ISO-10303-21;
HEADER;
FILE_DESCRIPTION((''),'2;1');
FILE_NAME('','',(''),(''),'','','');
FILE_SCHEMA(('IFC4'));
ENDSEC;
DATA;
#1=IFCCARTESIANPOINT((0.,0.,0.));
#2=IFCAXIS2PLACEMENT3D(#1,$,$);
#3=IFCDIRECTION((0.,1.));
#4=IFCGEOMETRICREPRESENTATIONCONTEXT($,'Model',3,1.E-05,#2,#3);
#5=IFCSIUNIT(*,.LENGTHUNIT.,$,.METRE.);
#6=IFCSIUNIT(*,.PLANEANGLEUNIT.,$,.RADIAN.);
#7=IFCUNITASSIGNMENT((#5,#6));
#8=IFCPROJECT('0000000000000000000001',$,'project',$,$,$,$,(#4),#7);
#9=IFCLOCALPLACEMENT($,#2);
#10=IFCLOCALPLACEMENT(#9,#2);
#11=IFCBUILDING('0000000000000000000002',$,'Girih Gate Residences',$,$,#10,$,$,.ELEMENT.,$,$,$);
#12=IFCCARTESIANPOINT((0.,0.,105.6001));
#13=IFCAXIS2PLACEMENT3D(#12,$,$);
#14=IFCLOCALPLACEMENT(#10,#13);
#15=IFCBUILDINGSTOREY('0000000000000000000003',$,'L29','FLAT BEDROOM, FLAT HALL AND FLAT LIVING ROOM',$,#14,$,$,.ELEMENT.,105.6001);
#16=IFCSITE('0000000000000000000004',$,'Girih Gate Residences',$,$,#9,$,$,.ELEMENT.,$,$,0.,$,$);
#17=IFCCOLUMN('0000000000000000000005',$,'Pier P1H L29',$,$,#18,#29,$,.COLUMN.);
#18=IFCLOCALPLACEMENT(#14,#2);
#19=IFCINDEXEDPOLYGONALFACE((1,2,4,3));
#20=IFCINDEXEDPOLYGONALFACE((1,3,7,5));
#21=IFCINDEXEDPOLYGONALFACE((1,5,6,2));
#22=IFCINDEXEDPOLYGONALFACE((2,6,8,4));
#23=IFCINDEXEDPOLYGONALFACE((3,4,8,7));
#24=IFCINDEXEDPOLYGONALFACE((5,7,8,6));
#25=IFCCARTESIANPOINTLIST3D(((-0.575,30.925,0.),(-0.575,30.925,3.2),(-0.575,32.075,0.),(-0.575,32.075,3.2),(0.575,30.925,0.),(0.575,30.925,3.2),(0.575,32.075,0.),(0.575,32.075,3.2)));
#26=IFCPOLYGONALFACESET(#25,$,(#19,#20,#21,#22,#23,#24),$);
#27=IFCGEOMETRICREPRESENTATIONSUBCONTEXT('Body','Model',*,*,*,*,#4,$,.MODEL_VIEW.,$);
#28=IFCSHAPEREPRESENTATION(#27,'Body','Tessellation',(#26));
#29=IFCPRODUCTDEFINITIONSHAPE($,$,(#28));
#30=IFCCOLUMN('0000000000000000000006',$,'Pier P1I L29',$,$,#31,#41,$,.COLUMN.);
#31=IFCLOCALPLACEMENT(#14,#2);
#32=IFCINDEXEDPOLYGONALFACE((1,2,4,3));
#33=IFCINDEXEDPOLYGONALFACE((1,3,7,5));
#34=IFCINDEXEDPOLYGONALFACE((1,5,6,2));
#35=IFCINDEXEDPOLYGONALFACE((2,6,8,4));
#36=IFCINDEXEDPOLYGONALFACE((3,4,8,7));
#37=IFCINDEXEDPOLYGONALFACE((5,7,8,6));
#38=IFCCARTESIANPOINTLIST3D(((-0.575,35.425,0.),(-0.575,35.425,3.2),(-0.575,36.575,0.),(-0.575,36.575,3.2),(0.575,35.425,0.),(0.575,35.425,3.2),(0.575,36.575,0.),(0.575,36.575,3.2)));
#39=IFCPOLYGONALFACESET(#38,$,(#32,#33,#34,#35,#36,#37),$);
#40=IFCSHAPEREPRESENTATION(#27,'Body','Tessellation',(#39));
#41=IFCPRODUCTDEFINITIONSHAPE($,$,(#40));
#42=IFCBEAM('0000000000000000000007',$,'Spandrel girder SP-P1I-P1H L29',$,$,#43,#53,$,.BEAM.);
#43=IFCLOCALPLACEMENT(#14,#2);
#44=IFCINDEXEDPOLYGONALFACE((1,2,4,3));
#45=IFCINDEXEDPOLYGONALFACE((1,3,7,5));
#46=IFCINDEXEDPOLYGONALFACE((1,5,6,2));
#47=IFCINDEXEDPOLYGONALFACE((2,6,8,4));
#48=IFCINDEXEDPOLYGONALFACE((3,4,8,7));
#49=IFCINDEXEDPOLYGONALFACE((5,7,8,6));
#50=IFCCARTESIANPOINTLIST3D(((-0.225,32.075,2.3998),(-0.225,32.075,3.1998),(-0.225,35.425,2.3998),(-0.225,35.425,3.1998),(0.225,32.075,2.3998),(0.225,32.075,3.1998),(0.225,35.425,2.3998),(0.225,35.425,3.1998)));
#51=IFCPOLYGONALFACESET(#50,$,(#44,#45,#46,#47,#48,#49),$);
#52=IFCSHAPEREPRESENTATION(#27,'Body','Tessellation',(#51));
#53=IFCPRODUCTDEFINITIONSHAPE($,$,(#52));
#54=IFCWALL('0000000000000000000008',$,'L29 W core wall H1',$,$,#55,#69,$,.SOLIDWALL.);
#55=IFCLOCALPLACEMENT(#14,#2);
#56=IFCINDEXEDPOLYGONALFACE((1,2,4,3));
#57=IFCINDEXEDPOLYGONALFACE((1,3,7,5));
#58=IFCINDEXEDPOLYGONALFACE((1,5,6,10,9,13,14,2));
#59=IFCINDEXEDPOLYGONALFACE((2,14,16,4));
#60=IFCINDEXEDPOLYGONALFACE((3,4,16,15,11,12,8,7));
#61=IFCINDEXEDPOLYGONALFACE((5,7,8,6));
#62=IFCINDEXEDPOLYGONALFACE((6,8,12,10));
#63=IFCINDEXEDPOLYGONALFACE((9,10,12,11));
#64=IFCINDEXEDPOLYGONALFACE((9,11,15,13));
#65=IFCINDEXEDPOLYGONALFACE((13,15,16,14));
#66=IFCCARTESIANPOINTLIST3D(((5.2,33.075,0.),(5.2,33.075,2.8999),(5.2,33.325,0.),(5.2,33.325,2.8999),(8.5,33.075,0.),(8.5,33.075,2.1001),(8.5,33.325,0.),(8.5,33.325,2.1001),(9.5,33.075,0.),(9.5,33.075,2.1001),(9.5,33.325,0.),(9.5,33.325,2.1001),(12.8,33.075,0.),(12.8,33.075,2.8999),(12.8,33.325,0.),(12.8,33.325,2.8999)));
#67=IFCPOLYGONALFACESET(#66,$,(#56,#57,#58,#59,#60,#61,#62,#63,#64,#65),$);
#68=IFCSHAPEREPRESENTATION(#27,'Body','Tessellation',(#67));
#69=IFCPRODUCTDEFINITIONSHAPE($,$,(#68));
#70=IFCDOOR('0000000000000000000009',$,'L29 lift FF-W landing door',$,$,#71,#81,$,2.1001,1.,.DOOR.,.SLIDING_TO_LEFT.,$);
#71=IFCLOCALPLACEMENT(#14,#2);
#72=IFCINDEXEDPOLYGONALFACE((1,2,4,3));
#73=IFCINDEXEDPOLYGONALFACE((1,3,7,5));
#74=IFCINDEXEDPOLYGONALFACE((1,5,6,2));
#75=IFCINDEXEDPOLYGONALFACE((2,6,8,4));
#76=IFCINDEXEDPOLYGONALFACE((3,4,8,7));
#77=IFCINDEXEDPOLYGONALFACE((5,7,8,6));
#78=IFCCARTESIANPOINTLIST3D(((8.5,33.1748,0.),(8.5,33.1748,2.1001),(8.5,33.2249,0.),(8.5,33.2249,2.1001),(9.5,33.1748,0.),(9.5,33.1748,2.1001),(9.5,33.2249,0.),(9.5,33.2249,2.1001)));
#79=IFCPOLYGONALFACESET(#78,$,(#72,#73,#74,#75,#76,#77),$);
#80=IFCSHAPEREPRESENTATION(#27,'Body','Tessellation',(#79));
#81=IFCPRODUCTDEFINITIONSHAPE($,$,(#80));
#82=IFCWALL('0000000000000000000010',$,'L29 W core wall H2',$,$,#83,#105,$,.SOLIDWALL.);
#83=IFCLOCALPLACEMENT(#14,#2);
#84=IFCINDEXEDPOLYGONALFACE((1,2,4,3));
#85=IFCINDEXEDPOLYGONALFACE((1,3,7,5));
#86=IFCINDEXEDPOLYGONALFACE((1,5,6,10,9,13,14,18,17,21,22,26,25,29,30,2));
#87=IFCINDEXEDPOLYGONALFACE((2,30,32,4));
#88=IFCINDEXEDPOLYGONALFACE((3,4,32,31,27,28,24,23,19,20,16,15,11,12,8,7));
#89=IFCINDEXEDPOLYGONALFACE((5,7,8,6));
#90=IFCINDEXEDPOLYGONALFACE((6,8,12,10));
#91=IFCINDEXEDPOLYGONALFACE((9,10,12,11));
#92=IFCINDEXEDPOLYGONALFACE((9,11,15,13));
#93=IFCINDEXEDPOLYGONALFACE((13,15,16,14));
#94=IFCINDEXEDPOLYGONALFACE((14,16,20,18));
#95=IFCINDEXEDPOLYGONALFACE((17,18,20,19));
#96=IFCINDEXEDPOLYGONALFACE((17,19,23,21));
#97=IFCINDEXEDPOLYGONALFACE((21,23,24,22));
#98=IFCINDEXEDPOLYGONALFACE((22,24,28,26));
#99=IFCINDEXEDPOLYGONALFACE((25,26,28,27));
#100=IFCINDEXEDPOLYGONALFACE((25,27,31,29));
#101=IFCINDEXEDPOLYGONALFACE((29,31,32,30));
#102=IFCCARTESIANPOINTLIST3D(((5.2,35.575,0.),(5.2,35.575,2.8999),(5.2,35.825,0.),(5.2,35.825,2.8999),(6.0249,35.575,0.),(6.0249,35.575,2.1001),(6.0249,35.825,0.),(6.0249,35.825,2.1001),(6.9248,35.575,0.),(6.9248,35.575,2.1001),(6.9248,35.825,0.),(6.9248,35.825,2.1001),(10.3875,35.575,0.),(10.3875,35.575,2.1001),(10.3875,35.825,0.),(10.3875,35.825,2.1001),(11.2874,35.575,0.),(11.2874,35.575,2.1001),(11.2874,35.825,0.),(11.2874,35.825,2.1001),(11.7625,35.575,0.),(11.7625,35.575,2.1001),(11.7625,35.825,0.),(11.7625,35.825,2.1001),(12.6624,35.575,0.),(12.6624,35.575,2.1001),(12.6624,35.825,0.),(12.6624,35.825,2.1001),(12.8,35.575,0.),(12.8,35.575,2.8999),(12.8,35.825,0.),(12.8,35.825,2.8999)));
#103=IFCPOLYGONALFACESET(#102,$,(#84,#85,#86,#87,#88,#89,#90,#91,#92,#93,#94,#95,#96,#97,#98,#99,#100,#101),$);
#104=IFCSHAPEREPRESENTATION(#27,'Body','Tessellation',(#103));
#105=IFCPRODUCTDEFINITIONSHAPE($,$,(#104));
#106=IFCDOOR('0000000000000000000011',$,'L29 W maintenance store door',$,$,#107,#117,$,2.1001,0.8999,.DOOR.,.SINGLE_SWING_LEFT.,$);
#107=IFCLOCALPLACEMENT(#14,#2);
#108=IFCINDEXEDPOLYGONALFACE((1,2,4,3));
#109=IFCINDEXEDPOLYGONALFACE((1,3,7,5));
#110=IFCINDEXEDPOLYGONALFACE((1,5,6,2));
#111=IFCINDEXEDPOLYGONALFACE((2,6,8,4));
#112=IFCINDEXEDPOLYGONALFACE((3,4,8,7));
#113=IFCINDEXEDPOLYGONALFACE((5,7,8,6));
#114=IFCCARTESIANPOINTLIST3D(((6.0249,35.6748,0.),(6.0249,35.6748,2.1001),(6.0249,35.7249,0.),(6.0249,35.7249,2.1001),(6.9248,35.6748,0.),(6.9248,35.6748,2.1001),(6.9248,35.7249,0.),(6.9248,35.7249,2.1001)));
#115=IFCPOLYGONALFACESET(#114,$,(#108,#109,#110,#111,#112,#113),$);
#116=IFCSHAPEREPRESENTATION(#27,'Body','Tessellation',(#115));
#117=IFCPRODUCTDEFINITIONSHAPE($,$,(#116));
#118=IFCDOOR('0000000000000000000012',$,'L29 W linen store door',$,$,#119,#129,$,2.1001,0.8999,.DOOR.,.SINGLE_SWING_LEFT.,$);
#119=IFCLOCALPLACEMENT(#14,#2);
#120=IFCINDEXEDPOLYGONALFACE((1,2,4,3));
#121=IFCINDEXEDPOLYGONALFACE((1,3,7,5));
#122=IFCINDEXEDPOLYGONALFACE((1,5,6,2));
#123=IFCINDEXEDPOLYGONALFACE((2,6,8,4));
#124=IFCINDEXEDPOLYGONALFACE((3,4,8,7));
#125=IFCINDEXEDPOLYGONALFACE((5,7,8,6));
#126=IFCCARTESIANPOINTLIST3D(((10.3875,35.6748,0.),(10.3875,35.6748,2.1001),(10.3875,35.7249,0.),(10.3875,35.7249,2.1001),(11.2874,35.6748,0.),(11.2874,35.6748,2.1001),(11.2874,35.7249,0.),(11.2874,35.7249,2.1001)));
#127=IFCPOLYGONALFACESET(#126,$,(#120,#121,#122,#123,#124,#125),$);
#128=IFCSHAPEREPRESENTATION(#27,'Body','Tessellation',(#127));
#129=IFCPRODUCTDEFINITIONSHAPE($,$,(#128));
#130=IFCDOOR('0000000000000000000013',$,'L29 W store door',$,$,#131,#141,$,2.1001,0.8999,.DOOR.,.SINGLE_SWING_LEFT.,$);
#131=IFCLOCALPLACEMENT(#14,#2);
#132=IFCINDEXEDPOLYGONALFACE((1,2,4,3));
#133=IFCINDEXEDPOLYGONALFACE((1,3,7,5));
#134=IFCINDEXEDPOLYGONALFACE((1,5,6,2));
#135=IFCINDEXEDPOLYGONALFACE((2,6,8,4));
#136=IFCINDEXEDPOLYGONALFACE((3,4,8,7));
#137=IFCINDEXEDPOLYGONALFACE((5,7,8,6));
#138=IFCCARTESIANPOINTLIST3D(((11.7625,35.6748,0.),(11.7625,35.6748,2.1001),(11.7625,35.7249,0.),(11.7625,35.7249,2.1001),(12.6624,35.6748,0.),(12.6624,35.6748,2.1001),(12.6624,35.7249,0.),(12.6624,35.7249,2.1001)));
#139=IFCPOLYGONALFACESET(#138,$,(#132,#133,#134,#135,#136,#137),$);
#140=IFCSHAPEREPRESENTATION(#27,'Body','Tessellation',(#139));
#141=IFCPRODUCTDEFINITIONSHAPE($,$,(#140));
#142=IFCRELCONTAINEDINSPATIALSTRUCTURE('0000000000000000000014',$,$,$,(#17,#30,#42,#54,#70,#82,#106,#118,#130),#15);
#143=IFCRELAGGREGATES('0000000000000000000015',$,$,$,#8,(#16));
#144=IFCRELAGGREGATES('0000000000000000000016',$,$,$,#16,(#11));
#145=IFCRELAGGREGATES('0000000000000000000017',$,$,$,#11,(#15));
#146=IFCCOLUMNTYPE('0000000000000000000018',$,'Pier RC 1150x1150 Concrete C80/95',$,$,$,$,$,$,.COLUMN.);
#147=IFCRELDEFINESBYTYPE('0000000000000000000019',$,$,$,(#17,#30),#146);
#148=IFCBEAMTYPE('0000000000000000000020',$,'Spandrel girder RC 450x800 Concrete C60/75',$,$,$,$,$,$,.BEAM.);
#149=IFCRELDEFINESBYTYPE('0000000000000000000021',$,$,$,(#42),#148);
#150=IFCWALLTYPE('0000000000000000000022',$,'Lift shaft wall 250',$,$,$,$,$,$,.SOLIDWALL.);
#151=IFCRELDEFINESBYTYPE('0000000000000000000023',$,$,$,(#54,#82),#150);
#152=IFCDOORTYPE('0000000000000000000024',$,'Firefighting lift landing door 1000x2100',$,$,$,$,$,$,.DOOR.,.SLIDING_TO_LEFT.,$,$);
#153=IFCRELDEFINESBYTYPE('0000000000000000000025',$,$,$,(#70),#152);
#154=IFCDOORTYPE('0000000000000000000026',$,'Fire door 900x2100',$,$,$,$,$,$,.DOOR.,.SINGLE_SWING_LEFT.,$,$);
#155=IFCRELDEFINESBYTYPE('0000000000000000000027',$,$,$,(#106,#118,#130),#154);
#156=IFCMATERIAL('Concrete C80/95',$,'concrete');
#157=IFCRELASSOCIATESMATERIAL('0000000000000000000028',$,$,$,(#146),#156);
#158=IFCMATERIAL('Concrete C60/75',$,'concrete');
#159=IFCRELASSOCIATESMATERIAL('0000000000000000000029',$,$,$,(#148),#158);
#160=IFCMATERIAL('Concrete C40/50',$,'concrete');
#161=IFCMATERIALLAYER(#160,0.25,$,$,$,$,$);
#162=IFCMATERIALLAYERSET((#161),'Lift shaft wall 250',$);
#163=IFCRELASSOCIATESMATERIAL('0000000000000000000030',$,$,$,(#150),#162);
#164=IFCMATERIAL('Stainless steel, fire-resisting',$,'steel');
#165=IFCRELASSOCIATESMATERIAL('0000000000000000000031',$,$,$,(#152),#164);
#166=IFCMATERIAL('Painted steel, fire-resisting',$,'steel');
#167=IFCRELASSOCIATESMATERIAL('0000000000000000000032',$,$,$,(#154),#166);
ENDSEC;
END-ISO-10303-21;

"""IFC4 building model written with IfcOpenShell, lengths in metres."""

from ifc_helpers import new_model, si_unit, direction, frame, frame_2d, origin, origin_2d, place, context, subcontext, project, spatial, rectangle, extrude, material, layer, layer_set, material_profile, profile_set, type_object, element, fill, save


model = new_model("IFC4")

# Units and contexts
model_context = context("Model", 3, precision=1e-05, world=origin(), true_north=direction((0.0, 1.0)))
body_context = subcontext(model_context, "Body", "Model", "MODEL_VIEW")
ifc_project = project(units=[si_unit("LENGTHUNIT", "METRE"), si_unit("PLANEANGLEUNIT", "RADIAN")], contexts=[model_context])

# Site, building, storey
site_placement = place(None, origin())
site = spatial("IfcSite", under=ifc_project, at=site_placement, Name="Girih Gate Residences", CompositionType="ELEMENT", RefElevation=0.0)
building_placement = place(site_placement, origin())
building = spatial("IfcBuilding", under=site, at=building_placement, Name="Girih Gate Residences", CompositionType="ELEMENT")
storey_placement = place(building_placement, frame((0.0, 0.0, 105.6001)))
storey = spatial("IfcBuildingStorey", under=building, at=storey_placement, Name="L29", Description="FLAT BEDROOM, FLAT HALL AND FLAT LIVING ROOM", CompositionType="ELEMENT", Elevation=105.6001)

# Columns
ifc_material_1 = material(Name="Concrete C80/95", Category="concrete")
ifc_material_profile_1 = material_profile(ifc_material_1, rectangle(XDim=1.1499, YDim=1.1499, at=origin_2d()))
ifc_profile_set_1 = profile_set([ifc_material_profile_1], Name="Concrete C80/95")
column_type = type_object("IfcColumnType", Name="Pier RC 1150x1150 Concrete C80/95", PredefinedType="COLUMN", material=ifc_profile_set_1)
for number, where, z_axis, x_axis, name in (
    (1, (0.0, 31.5, 0.0), (0.0, 0.0, 1.0), (1.0, 0.0, 0.0), "Pier P1H L29"),
    (2, (0.0, 36.0, 0.0), (0.0, 0.0, 1.0), (1.0, 0.0, 0.0), "Pier P1I L29"),
):
    element("IfcColumn", number, at=place(storey_placement, frame(where, z_axis=z_axis, x_axis=x_axis)), inside=storey, type_object=column_type, Name=name, PredefinedType="COLUMN", context=body_context, shape_type="SweptSolid", body=[
        extrude(rectangle(XDim=1.1499, YDim=1.1499, at=origin_2d()), origin(), (0.0, 0.0, 1.0), 3.2),
    ])

# Beam
ifc_material_2 = material(Name="Concrete C60/75", Category="concrete")
ifc_material_profile_2 = material_profile(ifc_material_2, rectangle(XDim=0.45, YDim=0.8, at=origin_2d()))
ifc_profile_set_2 = profile_set([ifc_material_profile_2], Name="Concrete C60/75")
beam_type = type_object("IfcBeamType", Name="Spandrel girder RC 450x800 Concrete C60/75", PredefinedType="BEAM", material=ifc_profile_set_2)
beam_placement = place(storey_placement, frame((0.0, 35.425, 2.7998), z_axis=(0.0, -1.0, 0.0), x_axis=(1.0, 0.0, 0.0)))
element("IfcBeam", 3, at=beam_placement, inside=storey, type_object=beam_type, Name="Spandrel girder SP-P1I-P1H L29", PredefinedType="BEAM", context=body_context, shape_type="SweptSolid", body=[
    extrude(rectangle(XDim=0.45, YDim=0.8, at=origin_2d()), origin(), (0.0, 0.0, 1.0), 3.3501),
])

# Wall, opening, door
ifc_material_3 = material(Name="Concrete C40/50", Category="concrete")
ifc_layer_1 = layer(ifc_material_3, 0.25)
ifc_layer_set_1 = layer_set([ifc_layer_1], Name="Lift shaft wall 250")
wall_type_1 = type_object("IfcWallType", Name="Lift shaft wall 250", PredefinedType="SOLIDWALL", material=ifc_layer_set_1)
wall_1_placement = place(storey_placement, frame((5.2, 33.2, 0.0), z_axis=(0.0, 0.0, 1.0), x_axis=(1.0, 0.0, 0.0)))
wall_1 = element("IfcWall", 4, at=wall_1_placement, inside=storey, type_object=wall_type_1, Name="L29 W core wall H1", PredefinedType="SOLIDWALL", context=body_context, shape_type="SweptSolid", body=[
    extrude(rectangle(XDim=7.6001, YDim=0.25, at=frame_2d((3.8, 0.0))), origin(), (0.0, 0.0, 1.0), 2.8999),
])
opening_1_placement = place(wall_1_placement, frame((3.3, 0.0, 0.0)))
opening_1 = element("IfcOpeningElement", 5, at=opening_1_placement, cuts=wall_1, PredefinedType="OPENING", context=body_context, shape_type="SweptSolid", body=[
    extrude(rectangle(XDim=1.0, YDim=2.1001, at=frame_2d((0.5, 1.05))), frame((0.0, 0.135, 0.0), z_axis=(0.0, -1.0, 0.0), x_axis=(1.0, 0.0, 0.0)), (0.0, 0.0, 1.0), 0.27),
])
ifc_material_4 = material(Name="Stainless steel, fire-resisting", Category="steel")
door_type_1 = type_object("IfcDoorType", Name="Firefighting lift landing door 1000x2100", OperationType="SLIDING_TO_LEFT", PredefinedType="DOOR", material=ifc_material_4)
door_1_placement = place(opening_1_placement, origin())
door_1 = element("IfcDoor", 6, at=door_1_placement, inside=storey, type_object=door_type_1, Name="L29 lift FF-W landing door", OperationType="SLIDING_TO_LEFT", OverallHeight=2.1001, OverallWidth=1.0, PredefinedType="DOOR", context=body_context, shape_type="SweptSolid", body=[
    extrude(rectangle(XDim=1.0, YDim=2.1001, at=frame_2d((0.5, 1.05))), frame((0.0, 0.0249, 0.0), z_axis=(0.0, -1.0, 0.0), x_axis=(1.0, 0.0, 0.0)), (0.0, 0.0, 1.0), 0.05),
])
fill(opening_1, door_1)

# Wall, openings, doors
wall_2_placement = place(storey_placement, frame((5.2, 35.7, 0.0), z_axis=(0.0, 0.0, 1.0), x_axis=(1.0, 0.0, 0.0)))
wall_2 = element("IfcWall", 7, at=wall_2_placement, inside=storey, type_object=wall_type_1, Name="L29 W core wall H2", PredefinedType="SOLIDWALL", context=body_context, shape_type="SweptSolid", body=[
    extrude(rectangle(XDim=7.6001, YDim=0.25, at=frame_2d((3.8, 0.0))), origin(), (0.0, 0.0, 1.0), 2.8999),
])
opening_2_placement = place(wall_2_placement, frame((0.825, 0.0, 0.0)))
opening_2 = element("IfcOpeningElement", 8, at=opening_2_placement, cuts=wall_2, PredefinedType="OPENING", context=body_context, shape_type="SweptSolid", body=[
    extrude(rectangle(XDim=0.8999, YDim=2.1001, at=frame_2d((0.45, 1.05))), frame((0.0, 0.135, 0.0), z_axis=(0.0, -1.0, 0.0), x_axis=(1.0, 0.0, 0.0)), (0.0, 0.0, 1.0), 0.27),
])
opening_3_placement = place(wall_2_placement, frame((5.1875, 0.0, 0.0)))
opening_3 = element("IfcOpeningElement", 9, at=opening_3_placement, cuts=wall_2, PredefinedType="OPENING", context=body_context, shape_type="SweptSolid", body=[
    extrude(rectangle(XDim=0.8999, YDim=2.1001, at=frame_2d((0.45, 1.05))), frame((0.0, 0.135, 0.0), z_axis=(0.0, -1.0, 0.0), x_axis=(1.0, 0.0, 0.0)), (0.0, 0.0, 1.0), 0.27),
])
opening_4_placement = place(wall_2_placement, frame((6.5625, 0.0, 0.0)))
opening_4 = element("IfcOpeningElement", 10, at=opening_4_placement, cuts=wall_2, PredefinedType="OPENING", context=body_context, shape_type="SweptSolid", body=[
    extrude(rectangle(XDim=0.8999, YDim=2.1001, at=frame_2d((0.45, 1.05))), frame((0.0, 0.135, 0.0), z_axis=(0.0, -1.0, 0.0), x_axis=(1.0, 0.0, 0.0)), (0.0, 0.0, 1.0), 0.27),
])
ifc_material_5 = material(Name="Painted steel, fire-resisting", Category="steel")
door_type_2 = type_object("IfcDoorType", Name="Fire door 900x2100", OperationType="SINGLE_SWING_LEFT", PredefinedType="DOOR", material=ifc_material_5)
door_2_placement = place(opening_2_placement, origin())
door_2 = element("IfcDoor", 11, at=door_2_placement, inside=storey, type_object=door_type_2, Name="L29 W maintenance store door", OperationType="SINGLE_SWING_LEFT", OverallHeight=2.1001, OverallWidth=0.8999, PredefinedType="DOOR", context=body_context, shape_type="SweptSolid", body=[
    extrude(rectangle(XDim=0.8999, YDim=2.1001, at=frame_2d((0.45, 1.05))), frame((0.0, 0.0249, 0.0), z_axis=(0.0, -1.0, 0.0), x_axis=(1.0, 0.0, 0.0)), (0.0, 0.0, 1.0), 0.05),
])
fill(opening_2, door_2)
door_3_placement = place(opening_3_placement, origin())
door_3 = element("IfcDoor", 12, at=door_3_placement, inside=storey, type_object=door_type_2, Name="L29 W linen store door", OperationType="SINGLE_SWING_LEFT", OverallHeight=2.1001, OverallWidth=0.8999, PredefinedType="DOOR", context=body_context, shape_type="SweptSolid", body=[
    extrude(rectangle(XDim=0.8999, YDim=2.1001, at=frame_2d((0.45, 1.05))), frame((0.0, 0.0249, 0.0), z_axis=(0.0, -1.0, 0.0), x_axis=(1.0, 0.0, 0.0)), (0.0, 0.0, 1.0), 0.05),
])
fill(opening_3, door_3)
door_4_placement = place(opening_4_placement, origin())
door_4 = element("IfcDoor", 13, at=door_4_placement, inside=storey, type_object=door_type_2, Name="L29 W store door", OperationType="SINGLE_SWING_LEFT", OverallHeight=2.1001, OverallWidth=0.8999, PredefinedType="DOOR", context=body_context, shape_type="SweptSolid", body=[
    extrude(rectangle(XDim=0.8999, YDim=2.1001, at=frame_2d((0.45, 1.05))), frame((0.0, 0.0249, 0.0), z_axis=(0.0, -1.0, 0.0), x_axis=(1.0, 0.0, 0.0)), (0.0, 0.0, 1.0), 0.05),
])
fill(opening_4, door_4)

save(model, "model.ifc")
